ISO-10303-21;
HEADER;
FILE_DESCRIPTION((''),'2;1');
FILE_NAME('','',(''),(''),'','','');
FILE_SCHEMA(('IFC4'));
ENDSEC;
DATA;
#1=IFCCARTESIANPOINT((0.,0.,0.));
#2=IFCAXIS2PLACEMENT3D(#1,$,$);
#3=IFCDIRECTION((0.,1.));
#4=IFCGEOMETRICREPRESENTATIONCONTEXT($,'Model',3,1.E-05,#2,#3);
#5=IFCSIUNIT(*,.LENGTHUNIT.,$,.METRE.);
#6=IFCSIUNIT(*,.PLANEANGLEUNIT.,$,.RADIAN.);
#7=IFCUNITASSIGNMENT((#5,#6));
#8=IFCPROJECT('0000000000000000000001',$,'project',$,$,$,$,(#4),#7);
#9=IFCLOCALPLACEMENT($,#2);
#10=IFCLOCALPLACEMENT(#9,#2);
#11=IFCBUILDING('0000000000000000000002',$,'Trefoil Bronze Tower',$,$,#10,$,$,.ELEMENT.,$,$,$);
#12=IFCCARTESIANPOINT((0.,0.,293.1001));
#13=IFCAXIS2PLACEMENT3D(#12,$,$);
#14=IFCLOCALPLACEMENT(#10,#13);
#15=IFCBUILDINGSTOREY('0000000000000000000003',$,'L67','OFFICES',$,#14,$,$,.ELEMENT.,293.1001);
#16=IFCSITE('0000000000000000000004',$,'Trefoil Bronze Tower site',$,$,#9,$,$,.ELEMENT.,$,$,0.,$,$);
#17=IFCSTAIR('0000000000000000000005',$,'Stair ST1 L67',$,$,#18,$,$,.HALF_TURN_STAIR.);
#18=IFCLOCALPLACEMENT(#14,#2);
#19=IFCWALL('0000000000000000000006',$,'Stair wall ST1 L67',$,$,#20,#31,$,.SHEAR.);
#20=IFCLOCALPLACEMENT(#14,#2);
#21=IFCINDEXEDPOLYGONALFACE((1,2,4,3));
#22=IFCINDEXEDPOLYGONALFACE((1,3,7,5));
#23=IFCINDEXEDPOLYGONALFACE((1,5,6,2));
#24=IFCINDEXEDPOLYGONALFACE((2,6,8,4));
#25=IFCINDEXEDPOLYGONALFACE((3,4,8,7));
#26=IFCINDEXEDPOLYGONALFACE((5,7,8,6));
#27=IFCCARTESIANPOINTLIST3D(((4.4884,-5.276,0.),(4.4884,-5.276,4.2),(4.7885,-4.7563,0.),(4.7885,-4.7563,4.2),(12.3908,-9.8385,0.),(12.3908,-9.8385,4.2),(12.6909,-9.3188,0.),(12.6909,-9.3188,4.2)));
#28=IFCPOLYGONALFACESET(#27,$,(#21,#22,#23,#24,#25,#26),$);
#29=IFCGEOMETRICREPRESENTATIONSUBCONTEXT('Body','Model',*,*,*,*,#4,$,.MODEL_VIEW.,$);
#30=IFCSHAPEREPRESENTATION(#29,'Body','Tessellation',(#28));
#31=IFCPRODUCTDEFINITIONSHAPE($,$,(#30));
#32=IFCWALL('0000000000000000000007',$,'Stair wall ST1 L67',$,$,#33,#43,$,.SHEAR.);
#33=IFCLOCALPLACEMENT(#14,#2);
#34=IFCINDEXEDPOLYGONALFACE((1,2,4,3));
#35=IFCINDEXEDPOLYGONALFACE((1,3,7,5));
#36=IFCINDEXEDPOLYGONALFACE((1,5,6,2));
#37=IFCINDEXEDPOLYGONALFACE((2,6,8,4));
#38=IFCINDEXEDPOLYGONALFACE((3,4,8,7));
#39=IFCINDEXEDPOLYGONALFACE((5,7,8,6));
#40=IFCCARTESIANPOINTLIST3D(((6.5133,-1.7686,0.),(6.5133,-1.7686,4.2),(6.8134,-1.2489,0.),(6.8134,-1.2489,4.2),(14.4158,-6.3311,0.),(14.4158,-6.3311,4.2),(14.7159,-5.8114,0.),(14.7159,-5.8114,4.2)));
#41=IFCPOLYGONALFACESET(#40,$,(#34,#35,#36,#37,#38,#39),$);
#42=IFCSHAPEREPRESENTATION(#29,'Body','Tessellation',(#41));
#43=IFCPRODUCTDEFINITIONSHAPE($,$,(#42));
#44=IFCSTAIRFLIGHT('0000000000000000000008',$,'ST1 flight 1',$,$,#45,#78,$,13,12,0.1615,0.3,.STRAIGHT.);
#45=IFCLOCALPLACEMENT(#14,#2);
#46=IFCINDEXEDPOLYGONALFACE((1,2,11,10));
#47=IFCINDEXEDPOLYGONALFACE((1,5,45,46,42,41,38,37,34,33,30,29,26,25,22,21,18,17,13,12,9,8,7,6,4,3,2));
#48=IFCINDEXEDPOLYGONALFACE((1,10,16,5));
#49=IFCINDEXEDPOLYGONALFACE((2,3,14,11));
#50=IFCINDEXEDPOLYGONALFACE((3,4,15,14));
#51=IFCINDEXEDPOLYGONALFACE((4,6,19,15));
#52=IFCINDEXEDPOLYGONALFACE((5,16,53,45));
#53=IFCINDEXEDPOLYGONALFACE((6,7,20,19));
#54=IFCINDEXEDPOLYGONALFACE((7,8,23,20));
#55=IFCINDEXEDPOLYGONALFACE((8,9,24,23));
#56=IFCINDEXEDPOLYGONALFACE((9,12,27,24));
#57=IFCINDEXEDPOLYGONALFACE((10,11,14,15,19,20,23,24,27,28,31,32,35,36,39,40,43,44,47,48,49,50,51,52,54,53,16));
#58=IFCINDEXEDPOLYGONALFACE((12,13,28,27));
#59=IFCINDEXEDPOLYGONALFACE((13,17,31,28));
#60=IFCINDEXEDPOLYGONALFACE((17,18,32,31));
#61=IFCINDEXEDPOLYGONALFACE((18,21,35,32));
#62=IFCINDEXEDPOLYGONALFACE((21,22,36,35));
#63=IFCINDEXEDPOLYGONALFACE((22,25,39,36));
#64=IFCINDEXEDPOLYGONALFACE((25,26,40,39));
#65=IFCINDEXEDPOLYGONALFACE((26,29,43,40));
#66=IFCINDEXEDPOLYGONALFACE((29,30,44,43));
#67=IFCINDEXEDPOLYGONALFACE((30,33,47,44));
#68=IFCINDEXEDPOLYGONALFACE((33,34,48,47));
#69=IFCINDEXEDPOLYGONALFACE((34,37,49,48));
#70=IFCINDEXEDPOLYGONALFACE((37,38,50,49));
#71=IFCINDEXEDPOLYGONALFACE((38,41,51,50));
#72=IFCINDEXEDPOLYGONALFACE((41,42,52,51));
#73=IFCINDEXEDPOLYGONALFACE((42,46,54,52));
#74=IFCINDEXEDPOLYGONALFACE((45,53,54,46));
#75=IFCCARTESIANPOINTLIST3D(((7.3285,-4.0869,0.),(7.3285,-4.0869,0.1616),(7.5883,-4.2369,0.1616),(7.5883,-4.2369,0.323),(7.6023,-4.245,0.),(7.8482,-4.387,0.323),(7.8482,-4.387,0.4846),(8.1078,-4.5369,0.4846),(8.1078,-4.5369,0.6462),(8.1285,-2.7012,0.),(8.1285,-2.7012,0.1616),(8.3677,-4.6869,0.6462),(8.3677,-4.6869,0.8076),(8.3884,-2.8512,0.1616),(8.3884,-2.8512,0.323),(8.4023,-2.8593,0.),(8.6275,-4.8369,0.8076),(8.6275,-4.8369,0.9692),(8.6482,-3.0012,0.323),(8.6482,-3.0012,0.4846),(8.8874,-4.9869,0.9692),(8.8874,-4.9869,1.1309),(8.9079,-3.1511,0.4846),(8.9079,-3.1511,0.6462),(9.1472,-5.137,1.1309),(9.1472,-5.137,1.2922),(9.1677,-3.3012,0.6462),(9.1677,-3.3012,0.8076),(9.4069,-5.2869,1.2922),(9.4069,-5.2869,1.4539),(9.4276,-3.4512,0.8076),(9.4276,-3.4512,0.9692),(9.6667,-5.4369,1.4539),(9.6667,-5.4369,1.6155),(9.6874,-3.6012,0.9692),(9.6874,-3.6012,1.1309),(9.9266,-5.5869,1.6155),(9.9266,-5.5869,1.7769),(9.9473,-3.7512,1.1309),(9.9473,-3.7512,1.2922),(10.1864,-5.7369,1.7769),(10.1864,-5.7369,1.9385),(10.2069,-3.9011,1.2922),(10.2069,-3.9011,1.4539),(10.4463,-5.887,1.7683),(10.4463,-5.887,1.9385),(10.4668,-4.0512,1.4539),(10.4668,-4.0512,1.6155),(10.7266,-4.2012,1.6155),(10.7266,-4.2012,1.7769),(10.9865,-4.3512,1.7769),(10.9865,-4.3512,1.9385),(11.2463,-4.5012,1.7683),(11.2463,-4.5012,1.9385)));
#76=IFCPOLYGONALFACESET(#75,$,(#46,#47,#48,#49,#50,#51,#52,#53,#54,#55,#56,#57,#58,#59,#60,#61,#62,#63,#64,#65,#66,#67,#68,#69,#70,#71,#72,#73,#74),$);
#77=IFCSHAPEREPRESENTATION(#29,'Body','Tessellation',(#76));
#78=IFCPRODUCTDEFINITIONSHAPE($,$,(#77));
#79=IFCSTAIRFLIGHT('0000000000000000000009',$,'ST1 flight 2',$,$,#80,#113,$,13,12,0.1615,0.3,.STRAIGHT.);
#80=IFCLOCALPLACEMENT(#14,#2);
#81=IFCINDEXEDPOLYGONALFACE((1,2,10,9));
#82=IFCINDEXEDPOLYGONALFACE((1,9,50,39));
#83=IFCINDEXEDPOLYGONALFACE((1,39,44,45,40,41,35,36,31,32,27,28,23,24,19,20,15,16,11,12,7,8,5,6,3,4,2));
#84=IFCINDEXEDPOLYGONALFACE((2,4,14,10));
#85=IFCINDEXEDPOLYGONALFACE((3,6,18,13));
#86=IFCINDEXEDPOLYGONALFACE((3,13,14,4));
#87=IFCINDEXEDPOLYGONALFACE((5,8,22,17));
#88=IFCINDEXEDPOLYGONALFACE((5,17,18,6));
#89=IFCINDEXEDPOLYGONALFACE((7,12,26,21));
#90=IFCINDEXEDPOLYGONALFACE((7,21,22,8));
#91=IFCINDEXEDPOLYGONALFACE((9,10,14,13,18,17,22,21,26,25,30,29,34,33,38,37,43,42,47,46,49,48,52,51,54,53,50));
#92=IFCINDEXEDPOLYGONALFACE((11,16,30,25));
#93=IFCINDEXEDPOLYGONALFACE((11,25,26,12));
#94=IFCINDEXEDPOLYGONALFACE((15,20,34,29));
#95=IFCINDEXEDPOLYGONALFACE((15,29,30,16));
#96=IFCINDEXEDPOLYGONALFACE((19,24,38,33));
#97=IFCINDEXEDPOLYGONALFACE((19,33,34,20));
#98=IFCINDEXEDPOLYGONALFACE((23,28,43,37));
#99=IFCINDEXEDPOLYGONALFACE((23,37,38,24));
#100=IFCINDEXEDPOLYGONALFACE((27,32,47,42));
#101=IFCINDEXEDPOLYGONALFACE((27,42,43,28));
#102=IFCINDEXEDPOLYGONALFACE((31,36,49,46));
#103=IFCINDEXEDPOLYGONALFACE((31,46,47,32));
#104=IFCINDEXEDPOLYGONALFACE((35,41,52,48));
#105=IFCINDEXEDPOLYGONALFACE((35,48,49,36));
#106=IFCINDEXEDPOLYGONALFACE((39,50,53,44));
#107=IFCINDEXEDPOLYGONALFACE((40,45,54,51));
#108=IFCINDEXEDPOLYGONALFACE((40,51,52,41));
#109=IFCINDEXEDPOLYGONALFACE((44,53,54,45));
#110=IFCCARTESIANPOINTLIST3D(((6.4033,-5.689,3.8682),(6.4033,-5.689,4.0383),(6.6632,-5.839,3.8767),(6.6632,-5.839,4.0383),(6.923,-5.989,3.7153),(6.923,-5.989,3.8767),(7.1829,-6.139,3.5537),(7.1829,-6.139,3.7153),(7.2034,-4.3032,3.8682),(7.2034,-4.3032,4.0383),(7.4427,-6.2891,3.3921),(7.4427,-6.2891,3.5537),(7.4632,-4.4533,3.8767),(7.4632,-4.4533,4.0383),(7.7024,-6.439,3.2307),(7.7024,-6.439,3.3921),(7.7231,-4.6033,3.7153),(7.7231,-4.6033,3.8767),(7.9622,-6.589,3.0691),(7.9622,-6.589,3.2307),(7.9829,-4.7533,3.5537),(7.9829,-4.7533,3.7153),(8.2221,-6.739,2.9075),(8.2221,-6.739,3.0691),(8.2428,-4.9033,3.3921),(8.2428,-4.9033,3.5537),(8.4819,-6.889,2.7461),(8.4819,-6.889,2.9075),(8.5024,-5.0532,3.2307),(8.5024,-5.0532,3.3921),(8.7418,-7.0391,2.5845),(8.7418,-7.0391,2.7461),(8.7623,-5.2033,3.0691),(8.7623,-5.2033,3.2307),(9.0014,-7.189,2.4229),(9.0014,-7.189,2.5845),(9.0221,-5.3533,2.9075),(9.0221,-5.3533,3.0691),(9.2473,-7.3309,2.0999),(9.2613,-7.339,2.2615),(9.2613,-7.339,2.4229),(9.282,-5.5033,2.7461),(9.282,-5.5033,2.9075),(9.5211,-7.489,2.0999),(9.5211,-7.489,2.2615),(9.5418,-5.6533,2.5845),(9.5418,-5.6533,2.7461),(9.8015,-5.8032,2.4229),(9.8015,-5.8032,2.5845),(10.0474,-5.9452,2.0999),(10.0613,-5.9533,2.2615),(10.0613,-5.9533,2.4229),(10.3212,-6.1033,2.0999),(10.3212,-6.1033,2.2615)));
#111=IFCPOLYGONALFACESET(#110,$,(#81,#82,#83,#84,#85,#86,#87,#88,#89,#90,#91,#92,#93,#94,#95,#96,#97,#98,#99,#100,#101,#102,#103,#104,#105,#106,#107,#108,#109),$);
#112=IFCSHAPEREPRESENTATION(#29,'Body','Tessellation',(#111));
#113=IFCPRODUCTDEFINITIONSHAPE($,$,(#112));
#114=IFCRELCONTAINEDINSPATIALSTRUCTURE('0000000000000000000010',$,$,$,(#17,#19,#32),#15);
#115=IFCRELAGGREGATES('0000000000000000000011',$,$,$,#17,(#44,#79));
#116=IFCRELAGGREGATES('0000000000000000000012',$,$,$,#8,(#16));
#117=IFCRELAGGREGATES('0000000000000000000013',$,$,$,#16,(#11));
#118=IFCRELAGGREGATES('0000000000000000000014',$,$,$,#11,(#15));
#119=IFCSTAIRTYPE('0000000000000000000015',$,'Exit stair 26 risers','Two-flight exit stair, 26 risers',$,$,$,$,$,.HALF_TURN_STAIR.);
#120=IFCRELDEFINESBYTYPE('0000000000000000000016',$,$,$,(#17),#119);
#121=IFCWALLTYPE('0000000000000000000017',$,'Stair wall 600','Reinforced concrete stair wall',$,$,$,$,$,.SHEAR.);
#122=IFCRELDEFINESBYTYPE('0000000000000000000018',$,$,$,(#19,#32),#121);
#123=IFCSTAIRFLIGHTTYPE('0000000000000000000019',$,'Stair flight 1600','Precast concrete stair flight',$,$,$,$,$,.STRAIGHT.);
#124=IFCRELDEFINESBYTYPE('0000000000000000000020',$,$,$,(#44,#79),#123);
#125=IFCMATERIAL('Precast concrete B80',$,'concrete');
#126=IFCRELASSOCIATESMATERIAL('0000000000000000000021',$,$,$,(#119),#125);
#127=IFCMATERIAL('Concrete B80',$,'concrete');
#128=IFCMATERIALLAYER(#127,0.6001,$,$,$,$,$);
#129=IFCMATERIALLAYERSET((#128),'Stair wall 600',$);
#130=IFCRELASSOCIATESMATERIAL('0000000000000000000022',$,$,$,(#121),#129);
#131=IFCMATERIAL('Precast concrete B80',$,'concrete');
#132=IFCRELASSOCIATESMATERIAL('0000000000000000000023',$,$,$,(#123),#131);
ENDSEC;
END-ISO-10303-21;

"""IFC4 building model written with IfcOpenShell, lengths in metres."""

from ifc_helpers import new_model, si_unit, direction, frame, frame_2d, origin, place, context, subcontext, project, spatial, polyline, rectangle, outline, extrude, material, layer, layer_set, type_object, element, aggregate, save


model = new_model("IFC4")

# Units and contexts
model_context = context("Model", 3, precision=1e-05, world=origin(), true_north=direction((0.0, 1.0)))
body_context = subcontext(model_context, "Body", "Model", "MODEL_VIEW")
ifc_project = project(units=[si_unit("LENGTHUNIT", "METRE"), si_unit("PLANEANGLEUNIT", "RADIAN")], contexts=[model_context])

# Site, building, storey
site_placement = place(None, origin())
site = spatial("IfcSite", under=ifc_project, at=site_placement, Name="Trefoil Bronze Tower site", CompositionType="ELEMENT", RefElevation=0.0)
building_placement = place(site_placement, origin())
building = spatial("IfcBuilding", under=site, at=building_placement, Name="Trefoil Bronze Tower", CompositionType="ELEMENT")
storey_placement = place(building_placement, frame((0.0, 0.0, 293.1001)))
storey = spatial("IfcBuildingStorey", under=building, at=storey_placement, Name="L67", Description="OFFICES", CompositionType="ELEMENT", Elevation=293.1001)

# Stair
ifc_material_1 = material(Name="Precast concrete B80", Category="concrete")
stair_type = type_object("IfcStairType", Name="Exit stair 26 risers", Description="Two-flight exit stair, 26 risers", PredefinedType="HALF_TURN_STAIR", material=ifc_material_1)
stair_placement = place(storey_placement, origin())
stair = element("IfcStair", 1, at=stair_placement, inside=storey, type_object=stair_type, Name="Stair ST1 L67", PredefinedType="HALF_TURN_STAIR")

# Walls
ifc_material_2 = material(Name="Concrete B80", Category="concrete")
ifc_layer_1 = layer(ifc_material_2, 0.6001)
ifc_layer_set_1 = layer_set([ifc_layer_1], Name="Stair wall 600")
wall_type_1 = type_object("IfcWallType", Name="Stair wall 600", Description="Reinforced concrete stair wall", PredefinedType="SHEAR", material=ifc_layer_set_1)
for number, where, z_axis, x_axis, name in (
    (2, (4.6384, -5.0161, 0.0), (0.0, 0.0, 1.0), (0.866022, -0.500007, 0.0), "Stair wall ST1 L67"),
    (3, (6.6633, -1.5088, 0.0), (0.0, 0.0, 1.0), (0.866028, -0.499995, 0.0), "Stair wall ST1 L67"),
):
    element("IfcWall", number, at=place(storey_placement, frame(where, z_axis=z_axis, x_axis=x_axis)), inside=storey, type_object=wall_type_1, Name=name, PredefinedType="SHEAR", context=body_context, shape_type="SweptSolid", body=[
        extrude(rectangle(XDim=9.125, YDim=0.6001, at=frame_2d((4.5625, 0.0))), origin(), (0.0, 0.0, 1.0), 4.2),
    ])

# Stair flights
ifc_material_3 = material(Name="Precast concrete B80", Category="concrete")
stair_flight_type = type_object("IfcStairFlightType", Name="Stair flight 1600", Description="Precast concrete stair flight", PredefinedType="STRAIGHT", material=ifc_material_3)
stair_flight_1_placement = place(storey_placement, frame((7.7285, -3.394, 0.0), z_axis=(0.0, 0.0, 1.0), x_axis=(0.866025, -0.5, 0.0)))
stair_flight_1 = element("IfcStairFlight", 4, at=stair_flight_1_placement, type_object=stair_flight_type, Name="ST1 flight 1", NumberOfRisers=13, NumberOfTreads=12, PredefinedType="STRAIGHT", RiserHeight=0.1615, TreadLength=0.3, context=body_context, shape_type="SweptSolid", body=[
    extrude(outline(polyline([(0.0, 0.0), (0.0, 0.1616), (0.3, 0.1616), (0.3, 0.323), (0.6001, 0.323), (0.6001, 0.4846), (0.8999, 0.4846), (0.8999, 0.6462), (1.2, 0.6462), (1.2, 0.8076), (1.5, 0.8076), (1.5, 0.9692), (1.8, 0.9692), (1.8, 1.1309), (2.1001, 1.1309), (2.1001, 1.2922), (2.3999, 1.2922), (2.3999, 1.4539), (2.7, 1.4539), (2.7, 1.6155), (3.0, 1.6155), (3.0, 1.7769), (3.3, 1.7769), (3.3, 1.9385), (3.6001, 1.9385), (3.6001, 2.1001), (3.6001, 1.7683), (0.3162, 0.0), (0.0, 0.0)])), frame((0.0, 0.8, 0.0), z_axis=(0.0, -1.0, 0.0), x_axis=(1.0, 0.0, 0.0)), (0.0, 0.0, 1.0), 1.6001),
])
stair_flight_2_placement = place(storey_placement, frame((9.9211, -6.7961, 2.0999), z_axis=(0.0, 0.0, 1.0), x_axis=(-0.866025, 0.5, 0.0)))
stair_flight_2 = element("IfcStairFlight", 5, at=stair_flight_2_placement, type_object=stair_flight_type, Name="ST1 flight 2", NumberOfRisers=13, NumberOfTreads=12, PredefinedType="STRAIGHT", RiserHeight=0.1615, TreadLength=0.3, context=body_context, shape_type="SweptSolid", body=[
    extrude(outline(polyline([(0.0, 0.0), (0.0, 0.1616), (0.3, 0.1616), (0.3, 0.323), (0.6001, 0.323), (0.6001, 0.4846), (0.8999, 0.4846), (0.8999, 0.6462), (1.2, 0.6462), (1.2, 0.8076), (1.5, 0.8076), (1.5, 0.9692), (1.8, 0.9692), (1.8, 1.1309), (2.1001, 1.1309), (2.1001, 1.2922), (2.3999, 1.2922), (2.3999, 1.4539), (2.7, 1.4539), (2.7, 1.6155), (3.0, 1.6155), (3.0, 1.7769), (3.3, 1.7769), (3.3, 1.9385), (3.6001, 1.9385), (3.6001, 2.1001), (3.6001, 1.7683), (0.3162, 0.0), (0.0, 0.0)])), frame((0.0, 0.8, 0.0), z_axis=(0.0, -1.0, 0.0), x_axis=(1.0, 0.0, 0.0)), (0.0, 0.0, 1.0), 1.6001),
])
aggregate(stair, [stair_flight_1, stair_flight_2])

save(model, "model.ifc")
